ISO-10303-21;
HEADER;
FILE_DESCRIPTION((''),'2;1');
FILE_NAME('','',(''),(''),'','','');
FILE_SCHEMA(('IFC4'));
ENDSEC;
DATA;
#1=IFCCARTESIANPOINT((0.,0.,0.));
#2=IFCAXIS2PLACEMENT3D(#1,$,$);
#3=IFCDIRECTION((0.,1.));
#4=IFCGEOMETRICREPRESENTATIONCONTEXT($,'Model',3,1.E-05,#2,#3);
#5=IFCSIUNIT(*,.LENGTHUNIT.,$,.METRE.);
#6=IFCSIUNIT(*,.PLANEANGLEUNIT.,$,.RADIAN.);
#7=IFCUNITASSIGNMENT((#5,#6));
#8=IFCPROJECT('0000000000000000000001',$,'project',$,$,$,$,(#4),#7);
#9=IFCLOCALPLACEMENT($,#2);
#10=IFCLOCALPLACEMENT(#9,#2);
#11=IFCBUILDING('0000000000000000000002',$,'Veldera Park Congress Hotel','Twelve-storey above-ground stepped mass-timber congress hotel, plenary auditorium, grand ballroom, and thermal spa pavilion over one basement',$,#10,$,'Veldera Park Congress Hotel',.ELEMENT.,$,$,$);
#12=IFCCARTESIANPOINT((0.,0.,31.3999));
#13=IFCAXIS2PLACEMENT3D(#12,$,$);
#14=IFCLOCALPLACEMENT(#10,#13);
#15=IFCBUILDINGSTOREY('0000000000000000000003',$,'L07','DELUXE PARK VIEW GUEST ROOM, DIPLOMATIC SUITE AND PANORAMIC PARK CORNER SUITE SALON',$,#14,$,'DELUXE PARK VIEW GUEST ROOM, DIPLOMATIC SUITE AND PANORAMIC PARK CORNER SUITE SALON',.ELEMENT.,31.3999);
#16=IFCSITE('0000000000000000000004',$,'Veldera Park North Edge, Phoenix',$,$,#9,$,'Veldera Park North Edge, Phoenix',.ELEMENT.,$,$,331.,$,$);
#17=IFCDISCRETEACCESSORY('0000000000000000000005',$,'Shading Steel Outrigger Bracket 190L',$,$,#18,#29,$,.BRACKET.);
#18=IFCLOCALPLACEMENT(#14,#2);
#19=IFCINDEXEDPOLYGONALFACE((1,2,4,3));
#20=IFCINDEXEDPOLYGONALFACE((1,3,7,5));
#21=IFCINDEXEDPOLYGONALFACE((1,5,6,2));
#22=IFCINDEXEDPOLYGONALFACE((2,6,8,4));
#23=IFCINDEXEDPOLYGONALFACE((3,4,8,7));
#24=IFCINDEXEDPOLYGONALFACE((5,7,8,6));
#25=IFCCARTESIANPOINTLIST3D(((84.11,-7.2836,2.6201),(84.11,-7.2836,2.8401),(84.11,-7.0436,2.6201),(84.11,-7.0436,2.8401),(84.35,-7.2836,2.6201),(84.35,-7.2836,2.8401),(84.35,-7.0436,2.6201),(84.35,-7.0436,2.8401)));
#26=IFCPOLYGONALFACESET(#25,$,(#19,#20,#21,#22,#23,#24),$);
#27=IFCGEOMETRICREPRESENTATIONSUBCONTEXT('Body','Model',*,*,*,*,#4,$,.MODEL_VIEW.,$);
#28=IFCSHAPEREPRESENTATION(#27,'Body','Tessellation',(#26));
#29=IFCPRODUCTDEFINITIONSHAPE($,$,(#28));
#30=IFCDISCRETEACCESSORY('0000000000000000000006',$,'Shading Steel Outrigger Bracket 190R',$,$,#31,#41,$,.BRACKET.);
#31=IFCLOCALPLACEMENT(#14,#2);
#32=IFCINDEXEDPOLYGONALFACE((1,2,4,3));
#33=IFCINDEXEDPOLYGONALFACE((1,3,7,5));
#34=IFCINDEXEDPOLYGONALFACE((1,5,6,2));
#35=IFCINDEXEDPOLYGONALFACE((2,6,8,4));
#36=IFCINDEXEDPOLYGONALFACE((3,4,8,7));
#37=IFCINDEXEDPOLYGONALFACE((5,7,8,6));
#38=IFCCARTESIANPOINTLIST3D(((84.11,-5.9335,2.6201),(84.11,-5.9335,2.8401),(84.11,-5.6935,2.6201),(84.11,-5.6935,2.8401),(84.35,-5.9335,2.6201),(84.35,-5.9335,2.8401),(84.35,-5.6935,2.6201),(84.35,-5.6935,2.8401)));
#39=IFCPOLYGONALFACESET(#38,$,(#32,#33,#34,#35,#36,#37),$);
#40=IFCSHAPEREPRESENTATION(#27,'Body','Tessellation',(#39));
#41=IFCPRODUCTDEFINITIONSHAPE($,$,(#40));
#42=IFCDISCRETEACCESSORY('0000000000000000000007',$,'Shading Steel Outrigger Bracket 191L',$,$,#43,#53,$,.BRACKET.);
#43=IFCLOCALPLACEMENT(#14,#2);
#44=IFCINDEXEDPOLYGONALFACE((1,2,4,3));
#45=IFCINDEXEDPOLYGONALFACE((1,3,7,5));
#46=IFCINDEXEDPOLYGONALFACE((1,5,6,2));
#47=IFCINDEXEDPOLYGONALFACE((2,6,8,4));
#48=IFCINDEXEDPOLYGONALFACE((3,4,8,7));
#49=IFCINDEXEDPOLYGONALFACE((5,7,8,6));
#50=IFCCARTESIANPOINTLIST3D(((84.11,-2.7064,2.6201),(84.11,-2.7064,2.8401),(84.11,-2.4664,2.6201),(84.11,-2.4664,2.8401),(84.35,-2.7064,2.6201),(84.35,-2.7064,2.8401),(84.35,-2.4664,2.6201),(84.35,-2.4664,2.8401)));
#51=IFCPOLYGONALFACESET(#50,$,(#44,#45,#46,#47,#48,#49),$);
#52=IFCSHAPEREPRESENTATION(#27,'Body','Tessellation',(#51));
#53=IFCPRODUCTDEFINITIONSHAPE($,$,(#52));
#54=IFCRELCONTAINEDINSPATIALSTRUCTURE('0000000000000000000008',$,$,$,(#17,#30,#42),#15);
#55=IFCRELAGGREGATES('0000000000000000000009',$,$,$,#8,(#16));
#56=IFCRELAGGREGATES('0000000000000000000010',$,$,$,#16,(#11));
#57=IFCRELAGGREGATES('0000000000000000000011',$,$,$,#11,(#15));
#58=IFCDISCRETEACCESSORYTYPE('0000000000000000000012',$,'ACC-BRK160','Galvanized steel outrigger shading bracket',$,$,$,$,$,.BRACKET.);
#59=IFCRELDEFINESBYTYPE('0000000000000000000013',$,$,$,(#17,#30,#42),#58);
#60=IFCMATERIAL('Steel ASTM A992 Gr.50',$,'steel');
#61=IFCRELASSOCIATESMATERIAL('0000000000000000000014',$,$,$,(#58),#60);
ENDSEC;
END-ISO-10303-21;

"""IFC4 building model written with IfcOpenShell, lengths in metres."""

from ifc_helpers import new_model, si_unit, direction, frame, origin, origin_2d, place, context, subcontext, project, spatial, rectangle, extrude, material, type_object, element, save


model = new_model("IFC4")

# Units and contexts
model_context = context("Model", 3, precision=1e-05, world=origin(), true_north=direction((0.0, 1.0)))
body_context = subcontext(model_context, "Body", "Model", "MODEL_VIEW")
ifc_project = project(units=[si_unit("LENGTHUNIT", "METRE"), si_unit("PLANEANGLEUNIT", "RADIAN")], contexts=[model_context])

# Site, building, storey
site_placement = place(None, origin())
site = spatial("IfcSite", under=ifc_project, at=site_placement, Name="Veldera Park North Edge, Phoenix", LongName="Veldera Park North Edge, Phoenix", CompositionType="ELEMENT", RefElevation=331.0)
building_placement = place(site_placement, origin())
building = spatial("IfcBuilding", under=site, at=building_placement, Name="Veldera Park Congress Hotel", Description="Twelve-storey above-ground stepped mass-timber congress hotel, plenary auditorium, grand ballroom, and thermal spa pavilion over one basement", LongName="Veldera Park Congress Hotel", CompositionType="ELEMENT")
storey_placement = place(building_placement, frame((0.0, 0.0, 31.3999)))
storey = spatial("IfcBuildingStorey", under=building, at=storey_placement, Name="L07", Description="DELUXE PARK VIEW GUEST ROOM, DIPLOMATIC SUITE AND PANORAMIC PARK CORNER SUITE SALON", LongName="DELUXE PARK VIEW GUEST ROOM, DIPLOMATIC SUITE AND PANORAMIC PARK CORNER SUITE SALON", CompositionType="ELEMENT", Elevation=31.3999)

# Shared definitions
ifc_material_1 = material(Name="Steel ASTM A992 Gr.50", Category="steel")

# Discrete accessories
discrete_accessory_type = type_object("IfcDiscreteAccessoryType", Name="ACC-BRK160", Description="Galvanized steel outrigger shading bracket", PredefinedType="BRACKET", material=ifc_material_1)
for number, where, z_axis, x_axis, name in (
    (1, (84.23, -7.1636, 2.6201), (0.0, 0.0, 1.0), (0.0, 1.0, 0.0), "Shading Steel Outrigger Bracket 190L"),
    (2, (84.23, -5.8135, 2.6201), (0.0, 0.0, 1.0), (0.0, 1.0, 0.0), "Shading Steel Outrigger Bracket 190R"),
    (3, (84.23, -2.5864, 2.6201), (0.0, 0.0, 1.0), (0.0, 1.0, 0.0), "Shading Steel Outrigger Bracket 191L"),
):
    element("IfcDiscreteAccessory", number, at=place(storey_placement, frame(where, z_axis=z_axis, x_axis=x_axis)), inside=storey, type_object=discrete_accessory_type, Name=name, PredefinedType="BRACKET", context=body_context, shape_type="SweptSolid", body=[
        extrude(rectangle(XDim=0.24, YDim=0.24, at=origin_2d()), origin(), (0.0, 0.0, 1.0), 0.22),
    ])

save(model, "model.ifc")
